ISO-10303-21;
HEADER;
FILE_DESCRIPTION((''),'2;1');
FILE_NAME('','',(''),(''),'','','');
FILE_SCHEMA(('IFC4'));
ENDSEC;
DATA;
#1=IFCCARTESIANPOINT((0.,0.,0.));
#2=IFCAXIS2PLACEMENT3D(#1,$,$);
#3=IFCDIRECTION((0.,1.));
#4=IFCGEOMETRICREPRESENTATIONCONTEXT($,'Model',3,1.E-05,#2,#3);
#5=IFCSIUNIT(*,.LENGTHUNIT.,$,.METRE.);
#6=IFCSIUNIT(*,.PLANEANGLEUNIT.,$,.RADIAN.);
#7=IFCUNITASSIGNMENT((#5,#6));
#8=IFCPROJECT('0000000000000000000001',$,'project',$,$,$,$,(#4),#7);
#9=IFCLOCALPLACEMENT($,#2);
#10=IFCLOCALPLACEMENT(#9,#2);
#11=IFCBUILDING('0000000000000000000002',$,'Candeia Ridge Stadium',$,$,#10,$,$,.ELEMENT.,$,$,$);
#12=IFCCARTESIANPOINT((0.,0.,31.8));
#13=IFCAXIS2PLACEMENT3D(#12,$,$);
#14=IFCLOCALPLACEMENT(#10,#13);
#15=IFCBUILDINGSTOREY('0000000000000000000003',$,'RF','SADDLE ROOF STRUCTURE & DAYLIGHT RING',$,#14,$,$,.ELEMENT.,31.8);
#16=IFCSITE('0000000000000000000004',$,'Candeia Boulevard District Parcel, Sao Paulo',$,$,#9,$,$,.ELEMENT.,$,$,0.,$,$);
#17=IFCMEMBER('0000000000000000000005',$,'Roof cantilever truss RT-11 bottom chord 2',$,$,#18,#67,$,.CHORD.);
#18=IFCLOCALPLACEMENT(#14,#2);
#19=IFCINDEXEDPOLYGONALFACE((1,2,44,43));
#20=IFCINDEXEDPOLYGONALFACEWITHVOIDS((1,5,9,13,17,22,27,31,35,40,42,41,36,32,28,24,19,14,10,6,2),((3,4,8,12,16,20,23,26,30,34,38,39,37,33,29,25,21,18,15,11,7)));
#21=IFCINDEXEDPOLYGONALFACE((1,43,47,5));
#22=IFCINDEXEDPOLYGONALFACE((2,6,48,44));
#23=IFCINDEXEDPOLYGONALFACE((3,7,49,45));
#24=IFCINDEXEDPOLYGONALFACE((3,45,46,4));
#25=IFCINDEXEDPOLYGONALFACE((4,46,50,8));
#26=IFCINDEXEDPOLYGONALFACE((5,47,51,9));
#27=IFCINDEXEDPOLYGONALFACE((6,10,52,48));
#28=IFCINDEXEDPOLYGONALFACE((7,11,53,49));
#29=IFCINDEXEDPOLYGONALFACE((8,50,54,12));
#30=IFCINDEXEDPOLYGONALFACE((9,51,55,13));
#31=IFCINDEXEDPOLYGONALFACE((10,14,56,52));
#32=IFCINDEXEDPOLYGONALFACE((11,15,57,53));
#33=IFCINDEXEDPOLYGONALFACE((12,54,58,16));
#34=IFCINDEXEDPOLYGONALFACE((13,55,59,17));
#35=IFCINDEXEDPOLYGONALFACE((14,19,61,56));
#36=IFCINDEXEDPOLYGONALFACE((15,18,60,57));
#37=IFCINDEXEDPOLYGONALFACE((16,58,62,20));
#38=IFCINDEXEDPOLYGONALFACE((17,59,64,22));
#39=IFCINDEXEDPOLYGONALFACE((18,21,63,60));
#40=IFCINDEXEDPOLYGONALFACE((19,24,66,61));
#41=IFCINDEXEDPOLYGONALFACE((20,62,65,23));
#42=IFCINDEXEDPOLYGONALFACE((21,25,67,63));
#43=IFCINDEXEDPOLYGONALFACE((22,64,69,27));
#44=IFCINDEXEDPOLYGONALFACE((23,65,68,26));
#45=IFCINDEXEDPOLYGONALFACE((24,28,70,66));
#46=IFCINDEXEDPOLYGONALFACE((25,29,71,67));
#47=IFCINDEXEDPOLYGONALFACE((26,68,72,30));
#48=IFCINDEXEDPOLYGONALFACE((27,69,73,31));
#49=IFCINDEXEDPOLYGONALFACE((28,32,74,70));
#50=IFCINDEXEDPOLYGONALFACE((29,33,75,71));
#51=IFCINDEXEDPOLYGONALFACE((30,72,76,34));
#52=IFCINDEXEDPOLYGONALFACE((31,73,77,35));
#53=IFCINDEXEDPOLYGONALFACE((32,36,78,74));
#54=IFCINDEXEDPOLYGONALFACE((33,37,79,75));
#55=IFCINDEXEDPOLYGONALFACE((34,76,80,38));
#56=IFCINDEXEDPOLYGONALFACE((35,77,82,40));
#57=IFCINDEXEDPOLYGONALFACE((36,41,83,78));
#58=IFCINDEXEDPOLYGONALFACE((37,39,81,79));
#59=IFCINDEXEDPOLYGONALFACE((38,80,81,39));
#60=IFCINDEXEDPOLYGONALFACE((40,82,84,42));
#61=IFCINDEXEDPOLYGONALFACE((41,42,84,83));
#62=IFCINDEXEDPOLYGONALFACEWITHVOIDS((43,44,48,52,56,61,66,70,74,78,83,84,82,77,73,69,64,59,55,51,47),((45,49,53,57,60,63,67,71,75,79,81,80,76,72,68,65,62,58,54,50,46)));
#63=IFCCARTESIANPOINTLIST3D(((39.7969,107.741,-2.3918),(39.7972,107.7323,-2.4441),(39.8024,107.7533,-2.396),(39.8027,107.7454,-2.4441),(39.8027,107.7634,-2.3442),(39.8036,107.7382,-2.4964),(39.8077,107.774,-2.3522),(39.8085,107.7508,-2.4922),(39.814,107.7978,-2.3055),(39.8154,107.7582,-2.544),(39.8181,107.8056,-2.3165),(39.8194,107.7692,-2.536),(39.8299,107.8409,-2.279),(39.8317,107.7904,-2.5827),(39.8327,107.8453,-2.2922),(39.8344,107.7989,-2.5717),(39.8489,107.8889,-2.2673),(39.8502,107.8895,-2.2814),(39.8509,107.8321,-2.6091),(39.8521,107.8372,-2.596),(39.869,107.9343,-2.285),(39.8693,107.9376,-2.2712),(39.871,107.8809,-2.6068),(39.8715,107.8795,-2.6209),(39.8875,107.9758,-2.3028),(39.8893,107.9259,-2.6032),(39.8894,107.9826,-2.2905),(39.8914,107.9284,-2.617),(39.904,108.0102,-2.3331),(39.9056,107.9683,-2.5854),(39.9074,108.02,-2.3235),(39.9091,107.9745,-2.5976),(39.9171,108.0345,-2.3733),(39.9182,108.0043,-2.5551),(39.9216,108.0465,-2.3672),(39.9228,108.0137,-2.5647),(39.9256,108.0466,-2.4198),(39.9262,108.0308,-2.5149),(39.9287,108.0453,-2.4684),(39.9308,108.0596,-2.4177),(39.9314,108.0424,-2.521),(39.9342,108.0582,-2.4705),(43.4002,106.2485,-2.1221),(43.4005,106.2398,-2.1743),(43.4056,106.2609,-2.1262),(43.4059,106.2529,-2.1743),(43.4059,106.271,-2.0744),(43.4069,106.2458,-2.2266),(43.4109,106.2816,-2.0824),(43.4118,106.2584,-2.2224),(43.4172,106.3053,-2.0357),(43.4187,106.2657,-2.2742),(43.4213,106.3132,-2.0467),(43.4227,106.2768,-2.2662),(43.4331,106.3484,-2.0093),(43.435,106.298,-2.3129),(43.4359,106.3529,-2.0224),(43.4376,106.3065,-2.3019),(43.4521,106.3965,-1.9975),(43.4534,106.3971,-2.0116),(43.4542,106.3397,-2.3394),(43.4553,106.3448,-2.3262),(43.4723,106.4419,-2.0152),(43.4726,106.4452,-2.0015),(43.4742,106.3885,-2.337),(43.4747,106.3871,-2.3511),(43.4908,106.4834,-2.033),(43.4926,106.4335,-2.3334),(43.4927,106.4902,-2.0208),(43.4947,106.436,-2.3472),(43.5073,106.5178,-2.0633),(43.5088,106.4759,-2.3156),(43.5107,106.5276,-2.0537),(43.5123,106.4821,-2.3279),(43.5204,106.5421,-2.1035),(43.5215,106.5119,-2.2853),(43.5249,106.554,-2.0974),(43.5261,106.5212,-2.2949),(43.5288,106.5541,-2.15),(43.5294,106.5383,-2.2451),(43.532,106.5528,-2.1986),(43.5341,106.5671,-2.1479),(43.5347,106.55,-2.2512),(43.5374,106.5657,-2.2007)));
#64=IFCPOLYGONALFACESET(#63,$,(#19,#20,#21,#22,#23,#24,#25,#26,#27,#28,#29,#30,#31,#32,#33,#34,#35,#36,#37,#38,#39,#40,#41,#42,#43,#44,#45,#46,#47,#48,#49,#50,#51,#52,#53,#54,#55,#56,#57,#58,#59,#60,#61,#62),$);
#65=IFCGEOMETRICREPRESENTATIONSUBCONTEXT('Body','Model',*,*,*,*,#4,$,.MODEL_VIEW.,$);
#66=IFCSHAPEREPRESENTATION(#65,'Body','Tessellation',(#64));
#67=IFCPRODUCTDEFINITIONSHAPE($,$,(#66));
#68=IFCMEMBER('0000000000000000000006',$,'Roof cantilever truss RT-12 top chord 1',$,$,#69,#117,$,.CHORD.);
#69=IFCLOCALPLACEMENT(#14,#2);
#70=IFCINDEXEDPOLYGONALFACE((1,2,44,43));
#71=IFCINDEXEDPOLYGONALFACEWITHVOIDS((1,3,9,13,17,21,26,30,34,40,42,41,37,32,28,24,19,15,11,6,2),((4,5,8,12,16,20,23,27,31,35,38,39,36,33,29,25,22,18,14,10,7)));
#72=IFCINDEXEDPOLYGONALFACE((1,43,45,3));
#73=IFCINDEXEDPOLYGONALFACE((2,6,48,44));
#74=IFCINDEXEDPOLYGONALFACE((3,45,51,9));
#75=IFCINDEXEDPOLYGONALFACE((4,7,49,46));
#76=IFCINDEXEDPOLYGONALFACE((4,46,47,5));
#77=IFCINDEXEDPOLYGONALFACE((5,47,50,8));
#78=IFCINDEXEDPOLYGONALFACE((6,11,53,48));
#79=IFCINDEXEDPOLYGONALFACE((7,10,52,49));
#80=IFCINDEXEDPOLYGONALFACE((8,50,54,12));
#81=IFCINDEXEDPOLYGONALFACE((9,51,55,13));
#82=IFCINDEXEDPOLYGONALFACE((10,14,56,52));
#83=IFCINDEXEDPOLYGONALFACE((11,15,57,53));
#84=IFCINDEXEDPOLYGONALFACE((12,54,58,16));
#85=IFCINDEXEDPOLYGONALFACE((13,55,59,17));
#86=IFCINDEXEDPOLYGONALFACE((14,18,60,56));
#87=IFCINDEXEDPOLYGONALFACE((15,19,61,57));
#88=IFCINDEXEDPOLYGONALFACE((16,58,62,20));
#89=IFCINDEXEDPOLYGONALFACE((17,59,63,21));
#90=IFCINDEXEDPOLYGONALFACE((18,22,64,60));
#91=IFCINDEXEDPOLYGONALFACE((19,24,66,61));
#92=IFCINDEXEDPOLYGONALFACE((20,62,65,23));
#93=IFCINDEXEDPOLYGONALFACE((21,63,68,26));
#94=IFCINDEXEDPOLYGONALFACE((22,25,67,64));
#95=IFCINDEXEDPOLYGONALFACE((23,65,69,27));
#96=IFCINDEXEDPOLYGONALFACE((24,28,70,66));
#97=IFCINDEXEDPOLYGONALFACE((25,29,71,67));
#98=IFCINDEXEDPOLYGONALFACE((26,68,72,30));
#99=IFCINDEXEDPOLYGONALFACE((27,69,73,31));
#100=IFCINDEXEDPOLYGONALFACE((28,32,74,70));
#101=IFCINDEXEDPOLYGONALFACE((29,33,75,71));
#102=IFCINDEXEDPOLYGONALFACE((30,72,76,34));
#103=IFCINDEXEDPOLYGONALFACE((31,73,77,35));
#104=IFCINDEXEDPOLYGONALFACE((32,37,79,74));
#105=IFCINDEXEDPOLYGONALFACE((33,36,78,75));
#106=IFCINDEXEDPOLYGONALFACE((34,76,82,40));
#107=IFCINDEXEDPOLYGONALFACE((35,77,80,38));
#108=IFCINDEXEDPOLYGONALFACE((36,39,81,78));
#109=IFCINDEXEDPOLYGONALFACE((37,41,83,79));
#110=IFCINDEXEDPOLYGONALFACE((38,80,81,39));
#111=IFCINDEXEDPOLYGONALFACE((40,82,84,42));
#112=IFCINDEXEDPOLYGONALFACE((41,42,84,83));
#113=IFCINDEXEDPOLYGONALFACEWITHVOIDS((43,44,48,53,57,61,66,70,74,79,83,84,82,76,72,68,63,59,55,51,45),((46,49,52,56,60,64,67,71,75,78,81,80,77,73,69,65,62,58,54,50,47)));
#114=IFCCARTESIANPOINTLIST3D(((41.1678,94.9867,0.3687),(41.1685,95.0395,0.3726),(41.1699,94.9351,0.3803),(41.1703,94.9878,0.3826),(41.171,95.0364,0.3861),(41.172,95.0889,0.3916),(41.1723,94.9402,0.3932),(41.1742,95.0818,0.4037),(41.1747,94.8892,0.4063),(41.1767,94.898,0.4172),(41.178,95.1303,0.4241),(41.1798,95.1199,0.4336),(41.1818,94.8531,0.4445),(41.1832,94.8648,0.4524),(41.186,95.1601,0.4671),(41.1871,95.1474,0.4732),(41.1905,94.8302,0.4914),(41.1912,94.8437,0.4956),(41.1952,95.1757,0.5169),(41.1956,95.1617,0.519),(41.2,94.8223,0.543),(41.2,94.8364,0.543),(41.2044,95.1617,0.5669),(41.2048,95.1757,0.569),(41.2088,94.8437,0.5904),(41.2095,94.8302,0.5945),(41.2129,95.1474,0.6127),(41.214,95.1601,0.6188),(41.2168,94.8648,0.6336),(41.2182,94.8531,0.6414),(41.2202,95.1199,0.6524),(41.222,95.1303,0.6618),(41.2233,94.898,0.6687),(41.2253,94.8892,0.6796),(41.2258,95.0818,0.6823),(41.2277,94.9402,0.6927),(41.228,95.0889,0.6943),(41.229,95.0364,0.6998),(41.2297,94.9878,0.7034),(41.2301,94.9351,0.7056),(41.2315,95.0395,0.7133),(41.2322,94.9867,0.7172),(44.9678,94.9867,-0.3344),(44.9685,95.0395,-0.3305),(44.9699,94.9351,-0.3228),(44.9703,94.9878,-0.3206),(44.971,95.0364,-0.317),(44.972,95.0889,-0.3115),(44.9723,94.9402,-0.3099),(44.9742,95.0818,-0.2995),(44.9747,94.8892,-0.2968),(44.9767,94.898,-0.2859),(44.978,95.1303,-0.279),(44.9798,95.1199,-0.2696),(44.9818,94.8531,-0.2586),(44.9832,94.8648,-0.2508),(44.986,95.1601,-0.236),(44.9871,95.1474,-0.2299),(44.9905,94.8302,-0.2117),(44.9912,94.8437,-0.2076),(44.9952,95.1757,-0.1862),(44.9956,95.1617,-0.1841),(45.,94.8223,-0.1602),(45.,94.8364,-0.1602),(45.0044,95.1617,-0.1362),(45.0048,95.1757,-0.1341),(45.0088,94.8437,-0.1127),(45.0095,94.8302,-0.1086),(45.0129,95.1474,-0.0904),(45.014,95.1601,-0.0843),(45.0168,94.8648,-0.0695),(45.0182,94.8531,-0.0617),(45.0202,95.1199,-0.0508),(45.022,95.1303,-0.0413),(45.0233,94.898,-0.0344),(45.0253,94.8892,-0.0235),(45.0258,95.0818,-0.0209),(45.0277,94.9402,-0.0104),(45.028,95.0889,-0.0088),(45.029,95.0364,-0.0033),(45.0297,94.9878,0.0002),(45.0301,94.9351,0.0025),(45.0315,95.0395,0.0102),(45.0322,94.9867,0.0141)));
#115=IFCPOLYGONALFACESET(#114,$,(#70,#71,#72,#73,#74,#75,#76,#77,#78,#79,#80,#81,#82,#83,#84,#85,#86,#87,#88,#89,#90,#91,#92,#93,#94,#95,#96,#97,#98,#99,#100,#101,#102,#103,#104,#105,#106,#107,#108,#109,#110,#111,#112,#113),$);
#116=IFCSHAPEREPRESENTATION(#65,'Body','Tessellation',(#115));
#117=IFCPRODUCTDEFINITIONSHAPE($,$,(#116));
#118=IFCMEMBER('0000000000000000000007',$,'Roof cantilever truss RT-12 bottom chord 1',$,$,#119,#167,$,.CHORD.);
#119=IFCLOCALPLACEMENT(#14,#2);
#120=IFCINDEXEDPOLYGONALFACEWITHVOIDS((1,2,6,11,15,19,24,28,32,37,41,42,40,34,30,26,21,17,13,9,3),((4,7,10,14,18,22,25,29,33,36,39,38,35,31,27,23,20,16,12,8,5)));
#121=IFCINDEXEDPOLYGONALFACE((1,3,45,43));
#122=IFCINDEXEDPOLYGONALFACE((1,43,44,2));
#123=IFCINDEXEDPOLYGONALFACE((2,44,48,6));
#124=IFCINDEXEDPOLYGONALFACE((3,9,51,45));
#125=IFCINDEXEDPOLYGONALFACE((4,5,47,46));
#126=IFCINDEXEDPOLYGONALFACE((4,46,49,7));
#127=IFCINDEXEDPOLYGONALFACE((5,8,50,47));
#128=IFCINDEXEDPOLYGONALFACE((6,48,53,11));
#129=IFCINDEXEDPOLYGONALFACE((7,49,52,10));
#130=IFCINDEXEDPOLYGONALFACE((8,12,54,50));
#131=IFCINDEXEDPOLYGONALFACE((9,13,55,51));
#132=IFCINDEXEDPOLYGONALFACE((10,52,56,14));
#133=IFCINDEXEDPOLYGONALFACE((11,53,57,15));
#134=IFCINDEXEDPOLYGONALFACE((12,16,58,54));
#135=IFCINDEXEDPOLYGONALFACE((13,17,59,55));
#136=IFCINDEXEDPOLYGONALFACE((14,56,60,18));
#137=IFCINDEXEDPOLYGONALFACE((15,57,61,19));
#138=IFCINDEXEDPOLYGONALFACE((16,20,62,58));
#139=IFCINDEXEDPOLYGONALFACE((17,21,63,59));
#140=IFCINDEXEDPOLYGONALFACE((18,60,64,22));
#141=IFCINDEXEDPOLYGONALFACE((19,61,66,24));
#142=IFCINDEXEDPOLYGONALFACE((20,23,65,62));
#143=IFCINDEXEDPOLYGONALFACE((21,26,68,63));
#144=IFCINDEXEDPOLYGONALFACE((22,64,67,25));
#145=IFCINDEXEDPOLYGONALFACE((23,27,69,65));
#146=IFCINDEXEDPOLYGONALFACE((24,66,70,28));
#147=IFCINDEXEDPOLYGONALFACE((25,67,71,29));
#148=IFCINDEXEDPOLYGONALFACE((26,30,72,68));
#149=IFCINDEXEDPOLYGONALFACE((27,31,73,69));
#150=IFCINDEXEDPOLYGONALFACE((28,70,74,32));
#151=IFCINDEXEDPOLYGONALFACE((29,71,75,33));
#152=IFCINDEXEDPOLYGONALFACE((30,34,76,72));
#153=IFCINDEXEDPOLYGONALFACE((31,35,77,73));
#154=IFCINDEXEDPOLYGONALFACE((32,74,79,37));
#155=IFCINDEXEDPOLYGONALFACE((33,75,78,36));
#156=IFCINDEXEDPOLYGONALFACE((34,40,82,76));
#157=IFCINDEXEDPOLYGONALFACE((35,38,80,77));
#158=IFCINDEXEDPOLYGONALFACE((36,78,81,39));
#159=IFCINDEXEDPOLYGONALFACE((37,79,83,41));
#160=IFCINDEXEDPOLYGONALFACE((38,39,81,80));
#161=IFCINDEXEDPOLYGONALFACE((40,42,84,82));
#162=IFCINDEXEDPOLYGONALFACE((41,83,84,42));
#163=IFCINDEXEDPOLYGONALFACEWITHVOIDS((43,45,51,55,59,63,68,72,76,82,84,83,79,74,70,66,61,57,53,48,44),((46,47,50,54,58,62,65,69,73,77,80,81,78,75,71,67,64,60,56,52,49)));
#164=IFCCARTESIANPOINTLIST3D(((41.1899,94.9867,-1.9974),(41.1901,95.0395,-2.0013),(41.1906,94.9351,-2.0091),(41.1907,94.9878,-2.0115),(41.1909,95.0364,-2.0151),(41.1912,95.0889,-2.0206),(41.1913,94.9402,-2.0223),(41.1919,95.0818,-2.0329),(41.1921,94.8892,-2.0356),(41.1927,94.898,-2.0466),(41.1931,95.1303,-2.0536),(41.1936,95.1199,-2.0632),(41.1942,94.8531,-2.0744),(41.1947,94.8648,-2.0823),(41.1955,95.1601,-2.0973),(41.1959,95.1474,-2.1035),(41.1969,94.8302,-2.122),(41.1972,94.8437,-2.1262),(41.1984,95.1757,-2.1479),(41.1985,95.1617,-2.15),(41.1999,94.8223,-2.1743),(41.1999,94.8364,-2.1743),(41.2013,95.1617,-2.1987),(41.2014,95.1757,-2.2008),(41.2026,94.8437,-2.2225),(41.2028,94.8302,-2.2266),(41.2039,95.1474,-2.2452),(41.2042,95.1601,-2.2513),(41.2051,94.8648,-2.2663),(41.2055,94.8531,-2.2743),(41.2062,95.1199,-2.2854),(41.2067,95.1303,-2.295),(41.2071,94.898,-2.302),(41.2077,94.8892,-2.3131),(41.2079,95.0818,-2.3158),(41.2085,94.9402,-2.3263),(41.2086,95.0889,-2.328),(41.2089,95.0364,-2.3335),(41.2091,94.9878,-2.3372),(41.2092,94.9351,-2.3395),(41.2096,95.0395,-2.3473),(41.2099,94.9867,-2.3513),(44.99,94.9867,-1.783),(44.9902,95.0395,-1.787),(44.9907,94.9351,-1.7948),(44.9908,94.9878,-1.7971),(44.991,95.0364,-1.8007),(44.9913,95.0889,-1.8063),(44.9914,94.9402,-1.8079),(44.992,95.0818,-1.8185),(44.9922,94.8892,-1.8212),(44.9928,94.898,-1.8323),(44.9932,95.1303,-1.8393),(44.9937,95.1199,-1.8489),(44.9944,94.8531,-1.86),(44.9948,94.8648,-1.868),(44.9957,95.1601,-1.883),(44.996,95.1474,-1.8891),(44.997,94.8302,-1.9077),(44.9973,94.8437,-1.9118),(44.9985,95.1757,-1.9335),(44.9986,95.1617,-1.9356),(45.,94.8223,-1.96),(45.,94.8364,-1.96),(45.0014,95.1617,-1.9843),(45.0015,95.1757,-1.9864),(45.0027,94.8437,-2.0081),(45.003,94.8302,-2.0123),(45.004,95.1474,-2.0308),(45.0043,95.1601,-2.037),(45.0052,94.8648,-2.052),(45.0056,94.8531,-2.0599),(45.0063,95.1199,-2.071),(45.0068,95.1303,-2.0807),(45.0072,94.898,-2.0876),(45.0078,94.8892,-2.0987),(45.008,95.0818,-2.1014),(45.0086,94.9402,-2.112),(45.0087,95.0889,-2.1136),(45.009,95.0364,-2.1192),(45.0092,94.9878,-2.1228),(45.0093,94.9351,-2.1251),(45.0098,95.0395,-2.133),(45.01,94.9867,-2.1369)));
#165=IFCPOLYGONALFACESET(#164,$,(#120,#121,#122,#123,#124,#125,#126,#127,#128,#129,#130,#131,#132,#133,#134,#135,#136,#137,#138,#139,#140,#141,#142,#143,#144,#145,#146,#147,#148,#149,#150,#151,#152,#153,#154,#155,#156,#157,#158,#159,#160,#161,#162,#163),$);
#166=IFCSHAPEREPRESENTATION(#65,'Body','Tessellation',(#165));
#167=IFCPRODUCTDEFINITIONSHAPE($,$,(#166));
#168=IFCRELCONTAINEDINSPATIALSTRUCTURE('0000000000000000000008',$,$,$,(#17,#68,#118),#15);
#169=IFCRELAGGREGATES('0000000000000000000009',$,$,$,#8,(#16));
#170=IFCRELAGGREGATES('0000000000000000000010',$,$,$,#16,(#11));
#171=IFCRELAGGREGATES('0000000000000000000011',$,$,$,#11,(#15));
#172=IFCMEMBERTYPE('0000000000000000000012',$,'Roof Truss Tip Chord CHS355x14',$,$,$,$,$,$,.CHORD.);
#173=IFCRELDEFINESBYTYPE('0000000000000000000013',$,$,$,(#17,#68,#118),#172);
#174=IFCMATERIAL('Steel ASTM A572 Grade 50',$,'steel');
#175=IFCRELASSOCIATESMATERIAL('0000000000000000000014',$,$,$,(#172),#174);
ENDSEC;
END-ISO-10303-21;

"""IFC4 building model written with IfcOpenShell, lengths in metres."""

from ifc_helpers import new_model, si_unit, direction, frame, origin, origin_2d, place, context, subcontext, project, spatial, hollow_circle, extrude, material, material_profile, profile_set, type_object, element, save


model = new_model("IFC4")

# Units and contexts
model_context = context("Model", 3, precision=1e-05, world=origin(), true_north=direction((0.0, 1.0)))
body_context = subcontext(model_context, "Body", "Model", "MODEL_VIEW")
ifc_project = project(units=[si_unit("LENGTHUNIT", "METRE"), si_unit("PLANEANGLEUNIT", "RADIAN")], contexts=[model_context])

# Site, building, storey
site_placement = place(None, origin())
site = spatial("IfcSite", under=ifc_project, at=site_placement, Name="Candeia Boulevard District Parcel, Sao Paulo", CompositionType="ELEMENT", RefElevation=0.0)
building_placement = place(site_placement, origin())
building = spatial("IfcBuilding", under=site, at=building_placement, Name="Candeia Ridge Stadium", CompositionType="ELEMENT")
storey_placement = place(building_placement, frame((0.0, 0.0, 31.8)))
storey = spatial("IfcBuildingStorey", under=building, at=storey_placement, Name="RF", Description="SADDLE ROOF STRUCTURE & DAYLIGHT RING", CompositionType="ELEMENT", Elevation=31.8)

# Shared definitions
ifc_material_1 = material(Name="Steel ASTM A572 Grade 50", Category="steel")

# Members
ifc_material_profile_1 = material_profile(ifc_material_1, hollow_circle(Radius=0.1777, WallThickness=0.0142, at=origin_2d()), Name="CHS355x14", Category="steel")
ifc_profile_set_1 = profile_set([ifc_material_profile_1], Name="Steel ASTM A572 Grade 50")
member_type_1 = type_object("IfcMemberType", Name="Roof Truss Tip Chord CHS355x14", PredefinedType="CHORD", material=ifc_profile_set_1)
member_1_placement = place(storey_placement, frame((43.4685, 106.4041, -2.1743), z_axis=(-0.921686, 0.381751, -0.069006), x_axis=(-0.382663, -0.923888, 0.0)))
element("IfcMember", 1, at=member_1_placement, inside=storey, type_object=member_type_1, Name="Roof cantilever truss RT-11 bottom chord 2", PredefinedType="CHORD", context=body_context, shape_type="SweptSolid", body=[
    extrude(hollow_circle(Radius=0.1777, WallThickness=0.0142, at=origin_2d()), origin(), (0.0, 0.0, 1.0), 3.9094),
])
member_2_placement = place(storey_placement, frame((45.0, 95.0, -0.1602), z_axis=(-0.983309, 0.0, 0.181942), x_axis=(0.0, -1.0, 0.0)))
element("IfcMember", 2, at=member_2_placement, inside=storey, type_object=member_type_1, Name="Roof cantilever truss RT-12 top chord 1", PredefinedType="CHORD", context=body_context, shape_type="SweptSolid", body=[
    extrude(hollow_circle(Radius=0.1777, WallThickness=0.0142, at=origin_2d()), origin(), (0.0, 0.0, 1.0), 3.8645),
])
member_3_placement = place(storey_placement, frame((45.0, 95.0, -1.96), z_axis=(-0.998413, 0.0, -0.056319), x_axis=(0.0, -1.0, 0.0)))
element("IfcMember", 3, at=member_3_placement, inside=storey, type_object=member_type_1, Name="Roof cantilever truss RT-12 bottom chord 1", PredefinedType="CHORD", context=body_context, shape_type="SweptSolid", body=[
    extrude(hollow_circle(Radius=0.1777, WallThickness=0.0142, at=origin_2d()), origin(), (0.0, 0.0, 1.0), 3.8062),
])

save(model, "model.ifc")
